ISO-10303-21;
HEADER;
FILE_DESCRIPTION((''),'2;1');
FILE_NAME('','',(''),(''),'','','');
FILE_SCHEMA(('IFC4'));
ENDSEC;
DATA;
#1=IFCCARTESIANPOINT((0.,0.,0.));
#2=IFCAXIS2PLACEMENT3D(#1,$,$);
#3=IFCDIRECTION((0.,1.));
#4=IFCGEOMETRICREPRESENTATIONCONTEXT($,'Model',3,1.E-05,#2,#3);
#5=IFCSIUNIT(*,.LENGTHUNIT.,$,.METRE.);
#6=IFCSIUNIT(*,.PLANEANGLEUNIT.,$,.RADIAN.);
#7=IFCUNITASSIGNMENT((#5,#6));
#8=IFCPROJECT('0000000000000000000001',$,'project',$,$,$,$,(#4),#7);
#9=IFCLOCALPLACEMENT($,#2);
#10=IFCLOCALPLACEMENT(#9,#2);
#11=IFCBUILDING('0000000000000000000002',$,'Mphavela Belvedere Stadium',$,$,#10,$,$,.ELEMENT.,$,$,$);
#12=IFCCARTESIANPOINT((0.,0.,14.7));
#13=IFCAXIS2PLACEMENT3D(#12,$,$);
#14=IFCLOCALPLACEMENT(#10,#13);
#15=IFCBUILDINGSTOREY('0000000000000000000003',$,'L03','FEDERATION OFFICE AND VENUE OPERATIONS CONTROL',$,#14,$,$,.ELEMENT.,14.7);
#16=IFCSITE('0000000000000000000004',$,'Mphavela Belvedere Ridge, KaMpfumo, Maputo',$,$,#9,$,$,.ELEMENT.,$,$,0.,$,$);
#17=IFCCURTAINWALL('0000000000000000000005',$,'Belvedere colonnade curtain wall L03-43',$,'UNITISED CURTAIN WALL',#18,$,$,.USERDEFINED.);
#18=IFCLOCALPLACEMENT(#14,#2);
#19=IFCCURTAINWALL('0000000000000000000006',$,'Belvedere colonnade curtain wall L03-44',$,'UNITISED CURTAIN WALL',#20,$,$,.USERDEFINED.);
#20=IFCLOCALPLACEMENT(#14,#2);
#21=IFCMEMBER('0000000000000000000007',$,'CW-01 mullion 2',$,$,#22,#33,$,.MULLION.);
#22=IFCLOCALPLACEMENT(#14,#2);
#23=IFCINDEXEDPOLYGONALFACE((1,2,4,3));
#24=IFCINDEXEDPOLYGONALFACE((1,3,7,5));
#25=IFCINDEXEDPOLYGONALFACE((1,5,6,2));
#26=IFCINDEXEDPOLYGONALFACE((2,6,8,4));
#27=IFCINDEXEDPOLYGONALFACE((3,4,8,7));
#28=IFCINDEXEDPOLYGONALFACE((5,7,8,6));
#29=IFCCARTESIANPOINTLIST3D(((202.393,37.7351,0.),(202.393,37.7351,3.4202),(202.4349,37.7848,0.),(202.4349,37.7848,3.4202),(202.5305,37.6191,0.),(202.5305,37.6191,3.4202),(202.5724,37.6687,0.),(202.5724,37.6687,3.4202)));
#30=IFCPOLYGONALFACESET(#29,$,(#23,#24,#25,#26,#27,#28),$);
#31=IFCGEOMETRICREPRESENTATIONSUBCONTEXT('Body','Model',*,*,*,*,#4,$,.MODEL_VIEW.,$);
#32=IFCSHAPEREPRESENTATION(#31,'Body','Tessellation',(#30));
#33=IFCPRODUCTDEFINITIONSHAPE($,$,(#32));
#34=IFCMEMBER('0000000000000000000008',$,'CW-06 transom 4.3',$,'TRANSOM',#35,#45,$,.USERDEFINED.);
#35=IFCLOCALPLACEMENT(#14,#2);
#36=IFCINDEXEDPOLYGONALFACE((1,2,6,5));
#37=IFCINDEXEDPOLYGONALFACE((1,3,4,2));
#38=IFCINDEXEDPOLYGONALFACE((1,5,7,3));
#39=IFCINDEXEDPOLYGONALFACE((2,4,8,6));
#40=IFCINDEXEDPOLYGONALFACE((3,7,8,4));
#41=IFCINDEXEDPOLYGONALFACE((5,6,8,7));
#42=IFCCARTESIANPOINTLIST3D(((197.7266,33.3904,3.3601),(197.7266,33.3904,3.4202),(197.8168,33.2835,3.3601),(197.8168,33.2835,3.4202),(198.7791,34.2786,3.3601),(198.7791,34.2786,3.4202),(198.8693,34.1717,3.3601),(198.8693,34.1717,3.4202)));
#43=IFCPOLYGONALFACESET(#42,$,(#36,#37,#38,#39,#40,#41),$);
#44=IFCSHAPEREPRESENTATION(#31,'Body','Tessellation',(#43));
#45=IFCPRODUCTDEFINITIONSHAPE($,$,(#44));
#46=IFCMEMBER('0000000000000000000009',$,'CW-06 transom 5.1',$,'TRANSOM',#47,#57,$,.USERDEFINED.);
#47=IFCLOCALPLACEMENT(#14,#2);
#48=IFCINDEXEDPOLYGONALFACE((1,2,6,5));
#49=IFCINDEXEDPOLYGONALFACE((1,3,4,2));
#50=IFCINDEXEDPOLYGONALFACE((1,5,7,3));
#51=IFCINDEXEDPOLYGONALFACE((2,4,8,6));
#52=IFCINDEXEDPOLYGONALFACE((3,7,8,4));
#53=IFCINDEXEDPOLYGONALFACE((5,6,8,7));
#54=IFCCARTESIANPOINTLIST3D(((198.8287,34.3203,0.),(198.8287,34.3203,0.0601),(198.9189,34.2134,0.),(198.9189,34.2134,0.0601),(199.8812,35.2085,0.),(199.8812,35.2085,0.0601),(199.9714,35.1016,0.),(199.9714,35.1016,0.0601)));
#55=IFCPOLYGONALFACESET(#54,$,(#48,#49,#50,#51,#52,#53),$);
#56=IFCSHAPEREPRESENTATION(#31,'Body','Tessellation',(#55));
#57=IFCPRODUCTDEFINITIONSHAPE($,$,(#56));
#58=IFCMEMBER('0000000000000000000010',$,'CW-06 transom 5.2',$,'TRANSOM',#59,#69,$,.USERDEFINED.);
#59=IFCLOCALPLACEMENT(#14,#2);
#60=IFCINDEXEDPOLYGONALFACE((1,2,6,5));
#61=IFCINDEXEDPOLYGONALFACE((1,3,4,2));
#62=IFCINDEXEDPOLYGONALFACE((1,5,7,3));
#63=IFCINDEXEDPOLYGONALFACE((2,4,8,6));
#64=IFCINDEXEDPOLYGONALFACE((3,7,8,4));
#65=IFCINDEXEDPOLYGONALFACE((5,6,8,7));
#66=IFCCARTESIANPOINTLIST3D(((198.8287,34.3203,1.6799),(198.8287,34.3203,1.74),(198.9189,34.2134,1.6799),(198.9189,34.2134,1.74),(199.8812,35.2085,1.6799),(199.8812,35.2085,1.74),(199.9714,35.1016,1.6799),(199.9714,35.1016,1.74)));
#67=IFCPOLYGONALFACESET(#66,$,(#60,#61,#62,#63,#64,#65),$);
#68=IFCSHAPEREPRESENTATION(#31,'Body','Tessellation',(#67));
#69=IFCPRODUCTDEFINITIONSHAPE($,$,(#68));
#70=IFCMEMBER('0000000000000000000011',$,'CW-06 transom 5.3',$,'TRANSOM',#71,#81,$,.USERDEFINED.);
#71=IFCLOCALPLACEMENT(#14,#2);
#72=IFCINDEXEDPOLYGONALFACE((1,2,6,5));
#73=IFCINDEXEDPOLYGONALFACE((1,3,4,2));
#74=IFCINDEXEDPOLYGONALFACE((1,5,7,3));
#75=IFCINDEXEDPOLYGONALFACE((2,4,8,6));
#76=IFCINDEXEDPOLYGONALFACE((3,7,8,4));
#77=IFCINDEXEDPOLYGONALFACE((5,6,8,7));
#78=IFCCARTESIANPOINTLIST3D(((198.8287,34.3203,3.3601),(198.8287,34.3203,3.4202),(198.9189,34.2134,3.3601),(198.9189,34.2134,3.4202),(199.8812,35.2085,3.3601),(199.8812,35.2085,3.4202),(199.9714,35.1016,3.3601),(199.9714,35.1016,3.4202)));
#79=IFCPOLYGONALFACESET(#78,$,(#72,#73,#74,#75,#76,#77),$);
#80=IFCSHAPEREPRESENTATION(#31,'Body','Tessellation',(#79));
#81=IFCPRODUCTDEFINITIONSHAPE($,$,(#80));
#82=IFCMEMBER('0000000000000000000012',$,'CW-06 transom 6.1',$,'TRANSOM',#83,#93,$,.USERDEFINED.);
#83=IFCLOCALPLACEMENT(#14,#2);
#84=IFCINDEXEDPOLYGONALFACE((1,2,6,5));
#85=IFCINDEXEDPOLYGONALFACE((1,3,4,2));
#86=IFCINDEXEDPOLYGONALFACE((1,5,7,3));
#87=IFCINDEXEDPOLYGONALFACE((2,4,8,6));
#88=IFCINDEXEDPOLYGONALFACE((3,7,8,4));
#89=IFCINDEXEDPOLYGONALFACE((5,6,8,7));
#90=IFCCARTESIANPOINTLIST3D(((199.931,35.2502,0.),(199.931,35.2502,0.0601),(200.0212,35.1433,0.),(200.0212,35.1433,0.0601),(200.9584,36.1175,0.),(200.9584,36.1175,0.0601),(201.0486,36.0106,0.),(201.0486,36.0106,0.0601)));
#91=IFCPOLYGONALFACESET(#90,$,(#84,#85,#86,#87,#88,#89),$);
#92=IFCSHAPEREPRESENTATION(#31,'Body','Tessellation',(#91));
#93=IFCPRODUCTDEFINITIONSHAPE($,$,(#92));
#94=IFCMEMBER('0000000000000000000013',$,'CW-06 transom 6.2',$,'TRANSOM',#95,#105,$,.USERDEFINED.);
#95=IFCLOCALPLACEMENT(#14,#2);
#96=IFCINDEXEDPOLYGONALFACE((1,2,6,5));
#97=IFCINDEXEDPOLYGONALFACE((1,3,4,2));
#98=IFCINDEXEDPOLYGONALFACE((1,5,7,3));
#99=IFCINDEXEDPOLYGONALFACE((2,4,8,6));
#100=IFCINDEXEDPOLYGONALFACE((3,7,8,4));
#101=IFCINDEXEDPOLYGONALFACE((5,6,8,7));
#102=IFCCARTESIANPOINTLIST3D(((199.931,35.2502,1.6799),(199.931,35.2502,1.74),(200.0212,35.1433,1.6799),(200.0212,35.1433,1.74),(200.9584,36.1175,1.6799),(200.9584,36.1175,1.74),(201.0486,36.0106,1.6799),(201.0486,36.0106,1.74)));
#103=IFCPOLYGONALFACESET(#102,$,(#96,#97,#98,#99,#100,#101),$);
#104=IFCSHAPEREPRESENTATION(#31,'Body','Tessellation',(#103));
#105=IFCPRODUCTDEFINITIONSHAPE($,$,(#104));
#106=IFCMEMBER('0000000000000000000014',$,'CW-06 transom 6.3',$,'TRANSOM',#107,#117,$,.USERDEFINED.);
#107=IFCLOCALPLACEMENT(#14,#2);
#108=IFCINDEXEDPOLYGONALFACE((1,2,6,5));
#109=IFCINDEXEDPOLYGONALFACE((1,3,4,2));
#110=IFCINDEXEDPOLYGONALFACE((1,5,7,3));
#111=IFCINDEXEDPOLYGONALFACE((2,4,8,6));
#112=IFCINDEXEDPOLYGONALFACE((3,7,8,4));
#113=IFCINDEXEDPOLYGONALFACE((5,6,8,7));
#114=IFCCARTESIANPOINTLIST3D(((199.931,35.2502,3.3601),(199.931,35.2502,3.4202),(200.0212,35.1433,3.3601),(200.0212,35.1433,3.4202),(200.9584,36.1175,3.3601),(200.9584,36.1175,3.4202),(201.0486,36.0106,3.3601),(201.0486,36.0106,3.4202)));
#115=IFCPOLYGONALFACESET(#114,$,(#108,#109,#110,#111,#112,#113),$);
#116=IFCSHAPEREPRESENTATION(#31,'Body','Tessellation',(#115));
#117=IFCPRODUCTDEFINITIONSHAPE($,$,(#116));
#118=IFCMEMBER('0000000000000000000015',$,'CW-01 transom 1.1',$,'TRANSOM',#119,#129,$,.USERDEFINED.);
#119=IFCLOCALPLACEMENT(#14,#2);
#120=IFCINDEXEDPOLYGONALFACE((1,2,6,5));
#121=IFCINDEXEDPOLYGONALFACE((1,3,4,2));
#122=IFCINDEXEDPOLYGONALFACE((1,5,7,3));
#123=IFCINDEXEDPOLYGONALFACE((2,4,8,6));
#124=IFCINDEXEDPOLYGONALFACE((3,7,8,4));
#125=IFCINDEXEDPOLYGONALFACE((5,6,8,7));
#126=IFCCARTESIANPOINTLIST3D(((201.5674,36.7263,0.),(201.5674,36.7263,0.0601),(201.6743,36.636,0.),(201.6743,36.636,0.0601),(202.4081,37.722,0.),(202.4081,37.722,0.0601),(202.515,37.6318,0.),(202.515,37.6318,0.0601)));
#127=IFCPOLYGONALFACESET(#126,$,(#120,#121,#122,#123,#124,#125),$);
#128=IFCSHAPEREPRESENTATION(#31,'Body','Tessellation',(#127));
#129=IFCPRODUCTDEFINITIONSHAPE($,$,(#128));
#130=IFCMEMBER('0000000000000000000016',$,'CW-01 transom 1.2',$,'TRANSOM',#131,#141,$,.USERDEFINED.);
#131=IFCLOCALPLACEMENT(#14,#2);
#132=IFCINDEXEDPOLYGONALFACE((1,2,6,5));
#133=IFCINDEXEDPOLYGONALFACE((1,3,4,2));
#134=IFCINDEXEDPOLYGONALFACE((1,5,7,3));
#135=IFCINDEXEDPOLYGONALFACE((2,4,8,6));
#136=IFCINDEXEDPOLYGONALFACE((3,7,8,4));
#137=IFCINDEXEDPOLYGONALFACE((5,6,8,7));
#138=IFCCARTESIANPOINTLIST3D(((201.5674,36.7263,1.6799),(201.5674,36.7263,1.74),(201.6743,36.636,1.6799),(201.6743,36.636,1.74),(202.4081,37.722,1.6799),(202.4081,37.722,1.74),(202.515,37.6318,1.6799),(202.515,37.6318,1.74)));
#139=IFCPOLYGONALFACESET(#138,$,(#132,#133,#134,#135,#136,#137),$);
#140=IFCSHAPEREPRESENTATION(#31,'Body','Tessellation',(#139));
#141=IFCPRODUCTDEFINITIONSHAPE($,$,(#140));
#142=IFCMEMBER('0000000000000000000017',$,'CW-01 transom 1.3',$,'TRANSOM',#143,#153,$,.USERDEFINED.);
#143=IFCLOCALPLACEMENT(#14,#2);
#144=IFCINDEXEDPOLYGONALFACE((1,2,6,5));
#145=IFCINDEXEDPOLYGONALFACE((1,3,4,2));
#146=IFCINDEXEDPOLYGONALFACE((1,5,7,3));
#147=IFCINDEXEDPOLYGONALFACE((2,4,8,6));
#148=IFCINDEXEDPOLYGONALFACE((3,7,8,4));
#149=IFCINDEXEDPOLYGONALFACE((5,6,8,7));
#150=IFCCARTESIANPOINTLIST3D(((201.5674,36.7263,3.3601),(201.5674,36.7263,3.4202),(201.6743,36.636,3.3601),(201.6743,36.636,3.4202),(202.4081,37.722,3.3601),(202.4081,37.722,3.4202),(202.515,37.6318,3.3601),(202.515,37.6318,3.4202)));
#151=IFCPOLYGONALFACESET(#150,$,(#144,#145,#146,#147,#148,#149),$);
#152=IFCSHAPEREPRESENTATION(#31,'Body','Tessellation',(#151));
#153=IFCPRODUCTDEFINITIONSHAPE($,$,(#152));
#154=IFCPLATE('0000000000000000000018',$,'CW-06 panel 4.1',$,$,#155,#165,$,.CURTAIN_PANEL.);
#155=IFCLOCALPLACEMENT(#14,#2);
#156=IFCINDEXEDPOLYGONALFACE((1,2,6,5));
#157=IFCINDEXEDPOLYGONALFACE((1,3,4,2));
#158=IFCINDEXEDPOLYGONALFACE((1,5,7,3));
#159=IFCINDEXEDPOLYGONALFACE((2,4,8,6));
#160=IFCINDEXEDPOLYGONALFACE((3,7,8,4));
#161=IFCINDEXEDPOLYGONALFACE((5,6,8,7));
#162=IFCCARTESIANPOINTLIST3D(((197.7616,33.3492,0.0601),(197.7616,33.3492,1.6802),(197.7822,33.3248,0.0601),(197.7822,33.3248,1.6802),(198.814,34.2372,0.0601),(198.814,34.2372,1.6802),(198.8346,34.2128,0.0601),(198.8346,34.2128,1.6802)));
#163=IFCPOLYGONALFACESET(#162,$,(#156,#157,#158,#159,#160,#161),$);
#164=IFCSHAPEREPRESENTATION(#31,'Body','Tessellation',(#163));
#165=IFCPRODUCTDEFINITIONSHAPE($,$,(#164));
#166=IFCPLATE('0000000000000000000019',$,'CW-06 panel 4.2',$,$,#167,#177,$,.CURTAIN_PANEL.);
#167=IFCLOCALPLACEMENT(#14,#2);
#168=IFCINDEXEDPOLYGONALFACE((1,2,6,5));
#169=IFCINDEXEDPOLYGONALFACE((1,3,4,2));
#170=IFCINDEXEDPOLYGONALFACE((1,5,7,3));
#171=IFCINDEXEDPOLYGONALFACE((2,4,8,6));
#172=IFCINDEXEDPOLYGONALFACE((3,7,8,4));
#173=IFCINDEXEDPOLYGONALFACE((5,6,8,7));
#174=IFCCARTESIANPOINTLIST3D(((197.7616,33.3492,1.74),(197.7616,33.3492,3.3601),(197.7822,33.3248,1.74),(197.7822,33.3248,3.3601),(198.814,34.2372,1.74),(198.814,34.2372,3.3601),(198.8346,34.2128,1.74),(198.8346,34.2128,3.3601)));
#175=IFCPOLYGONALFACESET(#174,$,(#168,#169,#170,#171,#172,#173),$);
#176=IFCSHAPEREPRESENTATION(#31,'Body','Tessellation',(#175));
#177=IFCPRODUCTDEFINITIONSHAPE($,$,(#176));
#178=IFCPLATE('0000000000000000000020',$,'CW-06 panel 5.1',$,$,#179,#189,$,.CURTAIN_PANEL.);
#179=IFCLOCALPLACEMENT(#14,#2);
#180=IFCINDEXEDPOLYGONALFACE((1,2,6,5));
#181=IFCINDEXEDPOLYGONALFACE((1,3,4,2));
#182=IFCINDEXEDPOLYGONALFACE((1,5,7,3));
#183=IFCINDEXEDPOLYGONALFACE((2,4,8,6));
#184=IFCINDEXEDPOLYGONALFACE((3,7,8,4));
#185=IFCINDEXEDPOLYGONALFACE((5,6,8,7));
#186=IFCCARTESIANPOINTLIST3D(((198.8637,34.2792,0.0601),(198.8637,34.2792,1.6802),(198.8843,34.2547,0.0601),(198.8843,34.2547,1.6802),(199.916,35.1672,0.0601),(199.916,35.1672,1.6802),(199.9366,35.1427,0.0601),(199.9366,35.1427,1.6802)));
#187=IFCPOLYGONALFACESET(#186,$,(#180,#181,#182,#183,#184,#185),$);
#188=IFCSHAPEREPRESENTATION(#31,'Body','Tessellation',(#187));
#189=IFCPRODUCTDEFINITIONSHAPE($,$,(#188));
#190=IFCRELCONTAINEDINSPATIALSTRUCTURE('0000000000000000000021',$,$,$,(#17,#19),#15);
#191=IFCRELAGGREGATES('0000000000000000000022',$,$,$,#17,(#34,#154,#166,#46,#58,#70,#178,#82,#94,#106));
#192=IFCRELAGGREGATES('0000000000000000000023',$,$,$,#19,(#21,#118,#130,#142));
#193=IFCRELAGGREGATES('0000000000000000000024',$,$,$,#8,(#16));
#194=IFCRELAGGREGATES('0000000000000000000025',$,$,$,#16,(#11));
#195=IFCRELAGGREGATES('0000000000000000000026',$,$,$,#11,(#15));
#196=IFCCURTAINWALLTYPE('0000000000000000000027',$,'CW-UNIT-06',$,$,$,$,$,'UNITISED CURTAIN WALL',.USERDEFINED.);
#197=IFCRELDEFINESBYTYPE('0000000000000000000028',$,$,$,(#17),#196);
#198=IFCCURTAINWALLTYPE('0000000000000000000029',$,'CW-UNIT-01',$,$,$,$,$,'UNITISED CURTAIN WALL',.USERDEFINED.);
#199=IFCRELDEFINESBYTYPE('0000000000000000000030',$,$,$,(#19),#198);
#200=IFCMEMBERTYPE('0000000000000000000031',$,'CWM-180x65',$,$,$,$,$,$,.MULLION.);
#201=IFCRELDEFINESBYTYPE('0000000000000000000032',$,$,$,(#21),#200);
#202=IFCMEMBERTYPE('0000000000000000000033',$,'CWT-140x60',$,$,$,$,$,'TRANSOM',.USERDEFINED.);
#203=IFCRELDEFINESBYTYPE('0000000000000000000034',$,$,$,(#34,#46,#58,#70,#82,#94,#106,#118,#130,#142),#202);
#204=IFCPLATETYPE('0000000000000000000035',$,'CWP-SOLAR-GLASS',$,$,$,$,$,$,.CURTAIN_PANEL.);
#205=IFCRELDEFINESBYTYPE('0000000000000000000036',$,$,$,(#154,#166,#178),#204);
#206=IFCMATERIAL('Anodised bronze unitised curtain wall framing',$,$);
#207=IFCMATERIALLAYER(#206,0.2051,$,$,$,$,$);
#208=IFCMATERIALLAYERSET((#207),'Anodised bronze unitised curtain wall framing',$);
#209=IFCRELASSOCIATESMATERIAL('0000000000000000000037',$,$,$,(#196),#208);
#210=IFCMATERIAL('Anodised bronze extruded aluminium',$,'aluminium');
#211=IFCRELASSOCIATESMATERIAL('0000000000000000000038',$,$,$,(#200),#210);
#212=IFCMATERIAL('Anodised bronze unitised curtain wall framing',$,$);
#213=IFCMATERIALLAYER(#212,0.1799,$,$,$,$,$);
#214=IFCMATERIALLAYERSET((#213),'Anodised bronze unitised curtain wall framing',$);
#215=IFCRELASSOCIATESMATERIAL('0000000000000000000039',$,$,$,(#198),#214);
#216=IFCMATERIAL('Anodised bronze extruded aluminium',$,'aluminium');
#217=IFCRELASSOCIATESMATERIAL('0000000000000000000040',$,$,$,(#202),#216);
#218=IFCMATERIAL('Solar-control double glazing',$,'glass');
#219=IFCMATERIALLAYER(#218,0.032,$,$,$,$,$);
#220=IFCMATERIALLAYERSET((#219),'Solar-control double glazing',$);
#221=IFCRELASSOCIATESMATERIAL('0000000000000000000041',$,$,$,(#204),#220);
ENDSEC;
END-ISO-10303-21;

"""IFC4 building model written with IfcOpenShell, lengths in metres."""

from ifc_helpers import new_model, si_unit, direction, frame, origin, origin_2d, place, context, subcontext, project, spatial, rectangle, extrude, material, layer, layer_set, material_profile, profile_set, type_object, element, aggregate, save


model = new_model("IFC4")

# Units and contexts
model_context = context("Model", 3, precision=1e-05, world=origin(), true_north=direction((0.0, 1.0)))
body_context = subcontext(model_context, "Body", "Model", "MODEL_VIEW")
ifc_project = project(units=[si_unit("LENGTHUNIT", "METRE"), si_unit("PLANEANGLEUNIT", "RADIAN")], contexts=[model_context])

# Site, building, storey
site_placement = place(None, origin())
site = spatial("IfcSite", under=ifc_project, at=site_placement, Name="Mphavela Belvedere Ridge, KaMpfumo, Maputo", CompositionType="ELEMENT", RefElevation=0.0)
building_placement = place(site_placement, origin())
building = spatial("IfcBuilding", under=site, at=building_placement, Name="Mphavela Belvedere Stadium", CompositionType="ELEMENT")
storey_placement = place(building_placement, frame((0.0, 0.0, 14.7)))
storey = spatial("IfcBuildingStorey", under=building, at=storey_placement, Name="L03", Description="FEDERATION OFFICE AND VENUE OPERATIONS CONTROL", CompositionType="ELEMENT", Elevation=14.7)

# Curtain walls, member
ifc_material_1 = material(Name="Anodised bronze unitised curtain wall framing")
ifc_layer_1 = layer(ifc_material_1, 0.2051)
ifc_layer_set_1 = layer_set([ifc_layer_1], Name="Anodised bronze unitised curtain wall framing")
curtain_wall_type_1 = type_object("IfcCurtainWallType", Name="CW-UNIT-06", ElementType="UNITISED CURTAIN WALL", PredefinedType="USERDEFINED", material=ifc_layer_set_1)
curtain_wall_1_placement = place(storey_placement, origin())
curtain_wall_1 = element("IfcCurtainWall", 1, at=curtain_wall_1_placement, inside=storey, type_object=curtain_wall_type_1, Name="Belvedere colonnade curtain wall L03-43", ObjectType="UNITISED CURTAIN WALL", PredefinedType="USERDEFINED")
ifc_material_2 = material(Name="Anodised bronze extruded aluminium", Category="aluminium")
ifc_material_profile_1 = material_profile(ifc_material_2, rectangle(XDim=0.1799, YDim=0.0649, at=origin_2d()), Name="CW-MUL 180x65")
ifc_profile_set_1 = profile_set([ifc_material_profile_1], Name="Anodised bronze extruded aluminium")
member_type_1 = type_object("IfcMemberType", Name="CWM-180x65", PredefinedType="MULLION", material=ifc_profile_set_1)
ifc_material_3 = material(Name="Anodised bronze unitised curtain wall framing")
ifc_layer_2 = layer(ifc_material_3, 0.1799)
ifc_layer_set_2 = layer_set([ifc_layer_2], Name="Anodised bronze unitised curtain wall framing")
curtain_wall_type_2 = type_object("IfcCurtainWallType", Name="CW-UNIT-01", ElementType="UNITISED CURTAIN WALL", PredefinedType="USERDEFINED", material=ifc_layer_set_2)
curtain_wall_2_placement = place(storey_placement, origin())
curtain_wall_2 = element("IfcCurtainWall", 2, at=curtain_wall_2_placement, inside=storey, type_object=curtain_wall_type_2, Name="Belvedere colonnade curtain wall L03-44", ObjectType="UNITISED CURTAIN WALL", PredefinedType="USERDEFINED")
member_1_placement = place(storey_placement, frame((202.4827, 37.7019, 0.0), z_axis=(0.0, 0.0, 1.0), x_axis=(-0.764031, 0.645179, 0.0)))
member_1 = element("IfcMember", 3, at=member_1_placement, type_object=member_type_1, Name="CW-01 mullion 2", PredefinedType="MULLION", context=body_context, shape_type="SweptSolid", body=[
    extrude(rectangle(XDim=0.1799, YDim=0.0649, at=origin_2d()), origin(), (0.0, 0.0, 1.0), 3.4202),
])

# Members
ifc_material_4 = material(Name="Anodised bronze extruded aluminium", Category="aluminium")
ifc_material_profile_2 = material_profile(ifc_material_4, rectangle(XDim=0.1399, YDim=0.0601, at=origin_2d()), Name="CW-TRN 140x60")
ifc_profile_set_2 = profile_set([ifc_material_profile_2], Name="Anodised bronze extruded aluminium")
member_type_2 = type_object("IfcMemberType", Name="CWT-140x60", ElementType="TRANSOM", PredefinedType="USERDEFINED", material=ifc_profile_set_2)
member_2_placement = place(storey_placement, frame((197.7717, 33.3369, 3.3901), z_axis=(0.76424, 0.644932, 0.0), x_axis=(-0.644932, 0.76424, 0.0)))
member_2 = element("IfcMember", 4, at=member_2_placement, type_object=member_type_2, Name="CW-06 transom 4.3", ObjectType="TRANSOM", PredefinedType="USERDEFINED", context=body_context, shape_type="SweptSolid", body=[
    extrude(rectangle(XDim=0.1399, YDim=0.0601, at=origin_2d()), origin(), (0.0, 0.0, 1.0), 1.3772),
])
member_3_placement = place(storey_placement, frame((198.8738, 34.2668, 0.03), z_axis=(0.76424, 0.644932, 0.0), x_axis=(-0.644932, 0.76424, 0.0)))
member_3 = element("IfcMember", 5, at=member_3_placement, type_object=member_type_2, Name="CW-06 transom 5.1", ObjectType="TRANSOM", PredefinedType="USERDEFINED", context=body_context, shape_type="SweptSolid", body=[
    extrude(rectangle(XDim=0.1399, YDim=0.0601, at=origin_2d()), origin(), (0.0, 0.0, 1.0), 1.3772),
])
member_4_placement = place(storey_placement, frame((198.8738, 34.2668, 1.71), z_axis=(0.76424, 0.644932, 0.0), x_axis=(-0.644932, 0.76424, 0.0)))
member_4 = element("IfcMember", 6, at=member_4_placement, type_object=member_type_2, Name="CW-06 transom 5.2", ObjectType="TRANSOM", PredefinedType="USERDEFINED", context=body_context, shape_type="SweptSolid", body=[
    extrude(rectangle(XDim=0.1399, YDim=0.0601, at=origin_2d()), origin(), (0.0, 0.0, 1.0), 1.3772),
])
member_5_placement = place(storey_placement, frame((198.8738, 34.2668, 3.3901), z_axis=(0.76424, 0.644932, 0.0), x_axis=(-0.644932, 0.76424, 0.0)))
member_5 = element("IfcMember", 7, at=member_5_placement, type_object=member_type_2, Name="CW-06 transom 5.3", ObjectType="TRANSOM", PredefinedType="USERDEFINED", context=body_context, shape_type="SweptSolid", body=[
    extrude(rectangle(XDim=0.1399, YDim=0.0601, at=origin_2d()), origin(), (0.0, 0.0, 1.0), 1.3772),
])
member_6_placement = place(storey_placement, frame((199.9761, 35.1968, 0.03), z_axis=(0.764157, 0.64503, 0.0), x_axis=(-0.64503, 0.764157, 0.0)))
member_6 = element("IfcMember", 8, at=member_6_placement, type_object=member_type_2, Name="CW-06 transom 6.1", ObjectType="TRANSOM", PredefinedType="USERDEFINED", context=body_context, shape_type="SweptSolid", body=[
    extrude(rectangle(XDim=0.1399, YDim=0.0601, at=origin_2d()), origin(), (0.0, 0.0, 1.0), 1.3445),
])
member_7_placement = place(storey_placement, frame((199.9761, 35.1968, 1.71), z_axis=(0.764157, 0.64503, 0.0), x_axis=(-0.64503, 0.764157, 0.0)))
member_7 = element("IfcMember", 9, at=member_7_placement, type_object=member_type_2, Name="CW-06 transom 6.2", ObjectType="TRANSOM", PredefinedType="USERDEFINED", context=body_context, shape_type="SweptSolid", body=[
    extrude(rectangle(XDim=0.1399, YDim=0.0601, at=origin_2d()), origin(), (0.0, 0.0, 1.0), 1.3445),
])
member_8_placement = place(storey_placement, frame((199.9761, 35.1968, 3.3901), z_axis=(0.764157, 0.64503, 0.0), x_axis=(-0.64503, 0.764157, 0.0)))
member_8 = element("IfcMember", 10, at=member_8_placement, type_object=member_type_2, Name="CW-06 transom 6.3", ObjectType="TRANSOM", PredefinedType="USERDEFINED", context=body_context, shape_type="SweptSolid", body=[
    extrude(rectangle(XDim=0.1399, YDim=0.0601, at=origin_2d()), origin(), (0.0, 0.0, 1.0), 1.3445),
])
member_9_placement = place(storey_placement, frame((201.6208, 36.6812, 0.03), z_axis=(0.645127, 0.764075, 0.0), x_axis=(-0.764075, 0.645127, 0.0)))
member_9 = element("IfcMember", 11, at=member_9_placement, type_object=member_type_2, Name="CW-01 transom 1.1", ObjectType="TRANSOM", PredefinedType="USERDEFINED", context=body_context, shape_type="SweptSolid", body=[
    extrude(rectangle(XDim=0.1399, YDim=0.0601, at=origin_2d()), origin(), (0.0, 0.0, 1.0), 1.3032),
])
member_10_placement = place(storey_placement, frame((201.6208, 36.6812, 1.71), z_axis=(0.645127, 0.764075, 0.0), x_axis=(-0.764075, 0.645127, 0.0)))
member_10 = element("IfcMember", 12, at=member_10_placement, type_object=member_type_2, Name="CW-01 transom 1.2", ObjectType="TRANSOM", PredefinedType="USERDEFINED", context=body_context, shape_type="SweptSolid", body=[
    extrude(rectangle(XDim=0.1399, YDim=0.0601, at=origin_2d()), origin(), (0.0, 0.0, 1.0), 1.3032),
])
member_11_placement = place(storey_placement, frame((201.6208, 36.6812, 3.3901), z_axis=(0.645127, 0.764075, 0.0), x_axis=(-0.764075, 0.645127, 0.0)))
member_11 = element("IfcMember", 13, at=member_11_placement, type_object=member_type_2, Name="CW-01 transom 1.3", ObjectType="TRANSOM", PredefinedType="USERDEFINED", context=body_context, shape_type="SweptSolid", body=[
    extrude(rectangle(XDim=0.1399, YDim=0.0601, at=origin_2d()), origin(), (0.0, 0.0, 1.0), 1.3032),
])

# Plates
ifc_material_5 = material(Name="Solar-control double glazing", Category="glass")
ifc_layer_3 = layer(ifc_material_5, 0.032)
ifc_layer_set_3 = layer_set([ifc_layer_3], Name="Solar-control double glazing")
plate_type = type_object("IfcPlateType", Name="CWP-SOLAR-GLASS", PredefinedType="CURTAIN_PANEL", material=ifc_layer_set_3)
plate_1_placement = place(storey_placement, frame((198.2981, 33.781, 0.0601), z_axis=(0.0, 0.0, 1.0), x_axis=(0.764263, 0.644905, 0.0)))
plate_1 = element("IfcPlate", 14, at=plate_1_placement, type_object=plate_type, Name="CW-06 panel 4.1", PredefinedType="CURTAIN_PANEL", context=body_context, shape_type="SweptSolid", body=[
    extrude(rectangle(XDim=1.377, YDim=0.032, at=origin_2d()), origin(), (0.0, 0.0, 1.0), 1.6201),
])
plate_2_placement = place(storey_placement, frame((198.2981, 33.781, 1.74), z_axis=(0.0, 0.0, 1.0), x_axis=(0.764263, 0.644905, 0.0)))
plate_2 = element("IfcPlate", 15, at=plate_2_placement, type_object=plate_type, Name="CW-06 panel 4.2", PredefinedType="CURTAIN_PANEL", context=body_context, shape_type="SweptSolid", body=[
    extrude(rectangle(XDim=1.377, YDim=0.032, at=origin_2d()), origin(), (0.0, 0.0, 1.0), 1.6201),
])
plate_3_placement = place(storey_placement, frame((199.4001, 34.7109, 0.0601), z_axis=(0.0, 0.0, 1.0), x_axis=(0.764263, 0.644905, 0.0)))
plate_3 = element("IfcPlate", 16, at=plate_3_placement, type_object=plate_type, Name="CW-06 panel 5.1", PredefinedType="CURTAIN_PANEL", context=body_context, shape_type="SweptSolid", body=[
    extrude(rectangle(XDim=1.377, YDim=0.032, at=origin_2d()), origin(), (0.0, 0.0, 1.0), 1.6201),
])
aggregate(curtain_wall_1, [member_2, plate_1, plate_2, member_3, member_4, member_5, plate_3, member_6, member_7, member_8])
aggregate(curtain_wall_2, [member_1, member_9, member_10, member_11])

save(model, "model.ifc")
